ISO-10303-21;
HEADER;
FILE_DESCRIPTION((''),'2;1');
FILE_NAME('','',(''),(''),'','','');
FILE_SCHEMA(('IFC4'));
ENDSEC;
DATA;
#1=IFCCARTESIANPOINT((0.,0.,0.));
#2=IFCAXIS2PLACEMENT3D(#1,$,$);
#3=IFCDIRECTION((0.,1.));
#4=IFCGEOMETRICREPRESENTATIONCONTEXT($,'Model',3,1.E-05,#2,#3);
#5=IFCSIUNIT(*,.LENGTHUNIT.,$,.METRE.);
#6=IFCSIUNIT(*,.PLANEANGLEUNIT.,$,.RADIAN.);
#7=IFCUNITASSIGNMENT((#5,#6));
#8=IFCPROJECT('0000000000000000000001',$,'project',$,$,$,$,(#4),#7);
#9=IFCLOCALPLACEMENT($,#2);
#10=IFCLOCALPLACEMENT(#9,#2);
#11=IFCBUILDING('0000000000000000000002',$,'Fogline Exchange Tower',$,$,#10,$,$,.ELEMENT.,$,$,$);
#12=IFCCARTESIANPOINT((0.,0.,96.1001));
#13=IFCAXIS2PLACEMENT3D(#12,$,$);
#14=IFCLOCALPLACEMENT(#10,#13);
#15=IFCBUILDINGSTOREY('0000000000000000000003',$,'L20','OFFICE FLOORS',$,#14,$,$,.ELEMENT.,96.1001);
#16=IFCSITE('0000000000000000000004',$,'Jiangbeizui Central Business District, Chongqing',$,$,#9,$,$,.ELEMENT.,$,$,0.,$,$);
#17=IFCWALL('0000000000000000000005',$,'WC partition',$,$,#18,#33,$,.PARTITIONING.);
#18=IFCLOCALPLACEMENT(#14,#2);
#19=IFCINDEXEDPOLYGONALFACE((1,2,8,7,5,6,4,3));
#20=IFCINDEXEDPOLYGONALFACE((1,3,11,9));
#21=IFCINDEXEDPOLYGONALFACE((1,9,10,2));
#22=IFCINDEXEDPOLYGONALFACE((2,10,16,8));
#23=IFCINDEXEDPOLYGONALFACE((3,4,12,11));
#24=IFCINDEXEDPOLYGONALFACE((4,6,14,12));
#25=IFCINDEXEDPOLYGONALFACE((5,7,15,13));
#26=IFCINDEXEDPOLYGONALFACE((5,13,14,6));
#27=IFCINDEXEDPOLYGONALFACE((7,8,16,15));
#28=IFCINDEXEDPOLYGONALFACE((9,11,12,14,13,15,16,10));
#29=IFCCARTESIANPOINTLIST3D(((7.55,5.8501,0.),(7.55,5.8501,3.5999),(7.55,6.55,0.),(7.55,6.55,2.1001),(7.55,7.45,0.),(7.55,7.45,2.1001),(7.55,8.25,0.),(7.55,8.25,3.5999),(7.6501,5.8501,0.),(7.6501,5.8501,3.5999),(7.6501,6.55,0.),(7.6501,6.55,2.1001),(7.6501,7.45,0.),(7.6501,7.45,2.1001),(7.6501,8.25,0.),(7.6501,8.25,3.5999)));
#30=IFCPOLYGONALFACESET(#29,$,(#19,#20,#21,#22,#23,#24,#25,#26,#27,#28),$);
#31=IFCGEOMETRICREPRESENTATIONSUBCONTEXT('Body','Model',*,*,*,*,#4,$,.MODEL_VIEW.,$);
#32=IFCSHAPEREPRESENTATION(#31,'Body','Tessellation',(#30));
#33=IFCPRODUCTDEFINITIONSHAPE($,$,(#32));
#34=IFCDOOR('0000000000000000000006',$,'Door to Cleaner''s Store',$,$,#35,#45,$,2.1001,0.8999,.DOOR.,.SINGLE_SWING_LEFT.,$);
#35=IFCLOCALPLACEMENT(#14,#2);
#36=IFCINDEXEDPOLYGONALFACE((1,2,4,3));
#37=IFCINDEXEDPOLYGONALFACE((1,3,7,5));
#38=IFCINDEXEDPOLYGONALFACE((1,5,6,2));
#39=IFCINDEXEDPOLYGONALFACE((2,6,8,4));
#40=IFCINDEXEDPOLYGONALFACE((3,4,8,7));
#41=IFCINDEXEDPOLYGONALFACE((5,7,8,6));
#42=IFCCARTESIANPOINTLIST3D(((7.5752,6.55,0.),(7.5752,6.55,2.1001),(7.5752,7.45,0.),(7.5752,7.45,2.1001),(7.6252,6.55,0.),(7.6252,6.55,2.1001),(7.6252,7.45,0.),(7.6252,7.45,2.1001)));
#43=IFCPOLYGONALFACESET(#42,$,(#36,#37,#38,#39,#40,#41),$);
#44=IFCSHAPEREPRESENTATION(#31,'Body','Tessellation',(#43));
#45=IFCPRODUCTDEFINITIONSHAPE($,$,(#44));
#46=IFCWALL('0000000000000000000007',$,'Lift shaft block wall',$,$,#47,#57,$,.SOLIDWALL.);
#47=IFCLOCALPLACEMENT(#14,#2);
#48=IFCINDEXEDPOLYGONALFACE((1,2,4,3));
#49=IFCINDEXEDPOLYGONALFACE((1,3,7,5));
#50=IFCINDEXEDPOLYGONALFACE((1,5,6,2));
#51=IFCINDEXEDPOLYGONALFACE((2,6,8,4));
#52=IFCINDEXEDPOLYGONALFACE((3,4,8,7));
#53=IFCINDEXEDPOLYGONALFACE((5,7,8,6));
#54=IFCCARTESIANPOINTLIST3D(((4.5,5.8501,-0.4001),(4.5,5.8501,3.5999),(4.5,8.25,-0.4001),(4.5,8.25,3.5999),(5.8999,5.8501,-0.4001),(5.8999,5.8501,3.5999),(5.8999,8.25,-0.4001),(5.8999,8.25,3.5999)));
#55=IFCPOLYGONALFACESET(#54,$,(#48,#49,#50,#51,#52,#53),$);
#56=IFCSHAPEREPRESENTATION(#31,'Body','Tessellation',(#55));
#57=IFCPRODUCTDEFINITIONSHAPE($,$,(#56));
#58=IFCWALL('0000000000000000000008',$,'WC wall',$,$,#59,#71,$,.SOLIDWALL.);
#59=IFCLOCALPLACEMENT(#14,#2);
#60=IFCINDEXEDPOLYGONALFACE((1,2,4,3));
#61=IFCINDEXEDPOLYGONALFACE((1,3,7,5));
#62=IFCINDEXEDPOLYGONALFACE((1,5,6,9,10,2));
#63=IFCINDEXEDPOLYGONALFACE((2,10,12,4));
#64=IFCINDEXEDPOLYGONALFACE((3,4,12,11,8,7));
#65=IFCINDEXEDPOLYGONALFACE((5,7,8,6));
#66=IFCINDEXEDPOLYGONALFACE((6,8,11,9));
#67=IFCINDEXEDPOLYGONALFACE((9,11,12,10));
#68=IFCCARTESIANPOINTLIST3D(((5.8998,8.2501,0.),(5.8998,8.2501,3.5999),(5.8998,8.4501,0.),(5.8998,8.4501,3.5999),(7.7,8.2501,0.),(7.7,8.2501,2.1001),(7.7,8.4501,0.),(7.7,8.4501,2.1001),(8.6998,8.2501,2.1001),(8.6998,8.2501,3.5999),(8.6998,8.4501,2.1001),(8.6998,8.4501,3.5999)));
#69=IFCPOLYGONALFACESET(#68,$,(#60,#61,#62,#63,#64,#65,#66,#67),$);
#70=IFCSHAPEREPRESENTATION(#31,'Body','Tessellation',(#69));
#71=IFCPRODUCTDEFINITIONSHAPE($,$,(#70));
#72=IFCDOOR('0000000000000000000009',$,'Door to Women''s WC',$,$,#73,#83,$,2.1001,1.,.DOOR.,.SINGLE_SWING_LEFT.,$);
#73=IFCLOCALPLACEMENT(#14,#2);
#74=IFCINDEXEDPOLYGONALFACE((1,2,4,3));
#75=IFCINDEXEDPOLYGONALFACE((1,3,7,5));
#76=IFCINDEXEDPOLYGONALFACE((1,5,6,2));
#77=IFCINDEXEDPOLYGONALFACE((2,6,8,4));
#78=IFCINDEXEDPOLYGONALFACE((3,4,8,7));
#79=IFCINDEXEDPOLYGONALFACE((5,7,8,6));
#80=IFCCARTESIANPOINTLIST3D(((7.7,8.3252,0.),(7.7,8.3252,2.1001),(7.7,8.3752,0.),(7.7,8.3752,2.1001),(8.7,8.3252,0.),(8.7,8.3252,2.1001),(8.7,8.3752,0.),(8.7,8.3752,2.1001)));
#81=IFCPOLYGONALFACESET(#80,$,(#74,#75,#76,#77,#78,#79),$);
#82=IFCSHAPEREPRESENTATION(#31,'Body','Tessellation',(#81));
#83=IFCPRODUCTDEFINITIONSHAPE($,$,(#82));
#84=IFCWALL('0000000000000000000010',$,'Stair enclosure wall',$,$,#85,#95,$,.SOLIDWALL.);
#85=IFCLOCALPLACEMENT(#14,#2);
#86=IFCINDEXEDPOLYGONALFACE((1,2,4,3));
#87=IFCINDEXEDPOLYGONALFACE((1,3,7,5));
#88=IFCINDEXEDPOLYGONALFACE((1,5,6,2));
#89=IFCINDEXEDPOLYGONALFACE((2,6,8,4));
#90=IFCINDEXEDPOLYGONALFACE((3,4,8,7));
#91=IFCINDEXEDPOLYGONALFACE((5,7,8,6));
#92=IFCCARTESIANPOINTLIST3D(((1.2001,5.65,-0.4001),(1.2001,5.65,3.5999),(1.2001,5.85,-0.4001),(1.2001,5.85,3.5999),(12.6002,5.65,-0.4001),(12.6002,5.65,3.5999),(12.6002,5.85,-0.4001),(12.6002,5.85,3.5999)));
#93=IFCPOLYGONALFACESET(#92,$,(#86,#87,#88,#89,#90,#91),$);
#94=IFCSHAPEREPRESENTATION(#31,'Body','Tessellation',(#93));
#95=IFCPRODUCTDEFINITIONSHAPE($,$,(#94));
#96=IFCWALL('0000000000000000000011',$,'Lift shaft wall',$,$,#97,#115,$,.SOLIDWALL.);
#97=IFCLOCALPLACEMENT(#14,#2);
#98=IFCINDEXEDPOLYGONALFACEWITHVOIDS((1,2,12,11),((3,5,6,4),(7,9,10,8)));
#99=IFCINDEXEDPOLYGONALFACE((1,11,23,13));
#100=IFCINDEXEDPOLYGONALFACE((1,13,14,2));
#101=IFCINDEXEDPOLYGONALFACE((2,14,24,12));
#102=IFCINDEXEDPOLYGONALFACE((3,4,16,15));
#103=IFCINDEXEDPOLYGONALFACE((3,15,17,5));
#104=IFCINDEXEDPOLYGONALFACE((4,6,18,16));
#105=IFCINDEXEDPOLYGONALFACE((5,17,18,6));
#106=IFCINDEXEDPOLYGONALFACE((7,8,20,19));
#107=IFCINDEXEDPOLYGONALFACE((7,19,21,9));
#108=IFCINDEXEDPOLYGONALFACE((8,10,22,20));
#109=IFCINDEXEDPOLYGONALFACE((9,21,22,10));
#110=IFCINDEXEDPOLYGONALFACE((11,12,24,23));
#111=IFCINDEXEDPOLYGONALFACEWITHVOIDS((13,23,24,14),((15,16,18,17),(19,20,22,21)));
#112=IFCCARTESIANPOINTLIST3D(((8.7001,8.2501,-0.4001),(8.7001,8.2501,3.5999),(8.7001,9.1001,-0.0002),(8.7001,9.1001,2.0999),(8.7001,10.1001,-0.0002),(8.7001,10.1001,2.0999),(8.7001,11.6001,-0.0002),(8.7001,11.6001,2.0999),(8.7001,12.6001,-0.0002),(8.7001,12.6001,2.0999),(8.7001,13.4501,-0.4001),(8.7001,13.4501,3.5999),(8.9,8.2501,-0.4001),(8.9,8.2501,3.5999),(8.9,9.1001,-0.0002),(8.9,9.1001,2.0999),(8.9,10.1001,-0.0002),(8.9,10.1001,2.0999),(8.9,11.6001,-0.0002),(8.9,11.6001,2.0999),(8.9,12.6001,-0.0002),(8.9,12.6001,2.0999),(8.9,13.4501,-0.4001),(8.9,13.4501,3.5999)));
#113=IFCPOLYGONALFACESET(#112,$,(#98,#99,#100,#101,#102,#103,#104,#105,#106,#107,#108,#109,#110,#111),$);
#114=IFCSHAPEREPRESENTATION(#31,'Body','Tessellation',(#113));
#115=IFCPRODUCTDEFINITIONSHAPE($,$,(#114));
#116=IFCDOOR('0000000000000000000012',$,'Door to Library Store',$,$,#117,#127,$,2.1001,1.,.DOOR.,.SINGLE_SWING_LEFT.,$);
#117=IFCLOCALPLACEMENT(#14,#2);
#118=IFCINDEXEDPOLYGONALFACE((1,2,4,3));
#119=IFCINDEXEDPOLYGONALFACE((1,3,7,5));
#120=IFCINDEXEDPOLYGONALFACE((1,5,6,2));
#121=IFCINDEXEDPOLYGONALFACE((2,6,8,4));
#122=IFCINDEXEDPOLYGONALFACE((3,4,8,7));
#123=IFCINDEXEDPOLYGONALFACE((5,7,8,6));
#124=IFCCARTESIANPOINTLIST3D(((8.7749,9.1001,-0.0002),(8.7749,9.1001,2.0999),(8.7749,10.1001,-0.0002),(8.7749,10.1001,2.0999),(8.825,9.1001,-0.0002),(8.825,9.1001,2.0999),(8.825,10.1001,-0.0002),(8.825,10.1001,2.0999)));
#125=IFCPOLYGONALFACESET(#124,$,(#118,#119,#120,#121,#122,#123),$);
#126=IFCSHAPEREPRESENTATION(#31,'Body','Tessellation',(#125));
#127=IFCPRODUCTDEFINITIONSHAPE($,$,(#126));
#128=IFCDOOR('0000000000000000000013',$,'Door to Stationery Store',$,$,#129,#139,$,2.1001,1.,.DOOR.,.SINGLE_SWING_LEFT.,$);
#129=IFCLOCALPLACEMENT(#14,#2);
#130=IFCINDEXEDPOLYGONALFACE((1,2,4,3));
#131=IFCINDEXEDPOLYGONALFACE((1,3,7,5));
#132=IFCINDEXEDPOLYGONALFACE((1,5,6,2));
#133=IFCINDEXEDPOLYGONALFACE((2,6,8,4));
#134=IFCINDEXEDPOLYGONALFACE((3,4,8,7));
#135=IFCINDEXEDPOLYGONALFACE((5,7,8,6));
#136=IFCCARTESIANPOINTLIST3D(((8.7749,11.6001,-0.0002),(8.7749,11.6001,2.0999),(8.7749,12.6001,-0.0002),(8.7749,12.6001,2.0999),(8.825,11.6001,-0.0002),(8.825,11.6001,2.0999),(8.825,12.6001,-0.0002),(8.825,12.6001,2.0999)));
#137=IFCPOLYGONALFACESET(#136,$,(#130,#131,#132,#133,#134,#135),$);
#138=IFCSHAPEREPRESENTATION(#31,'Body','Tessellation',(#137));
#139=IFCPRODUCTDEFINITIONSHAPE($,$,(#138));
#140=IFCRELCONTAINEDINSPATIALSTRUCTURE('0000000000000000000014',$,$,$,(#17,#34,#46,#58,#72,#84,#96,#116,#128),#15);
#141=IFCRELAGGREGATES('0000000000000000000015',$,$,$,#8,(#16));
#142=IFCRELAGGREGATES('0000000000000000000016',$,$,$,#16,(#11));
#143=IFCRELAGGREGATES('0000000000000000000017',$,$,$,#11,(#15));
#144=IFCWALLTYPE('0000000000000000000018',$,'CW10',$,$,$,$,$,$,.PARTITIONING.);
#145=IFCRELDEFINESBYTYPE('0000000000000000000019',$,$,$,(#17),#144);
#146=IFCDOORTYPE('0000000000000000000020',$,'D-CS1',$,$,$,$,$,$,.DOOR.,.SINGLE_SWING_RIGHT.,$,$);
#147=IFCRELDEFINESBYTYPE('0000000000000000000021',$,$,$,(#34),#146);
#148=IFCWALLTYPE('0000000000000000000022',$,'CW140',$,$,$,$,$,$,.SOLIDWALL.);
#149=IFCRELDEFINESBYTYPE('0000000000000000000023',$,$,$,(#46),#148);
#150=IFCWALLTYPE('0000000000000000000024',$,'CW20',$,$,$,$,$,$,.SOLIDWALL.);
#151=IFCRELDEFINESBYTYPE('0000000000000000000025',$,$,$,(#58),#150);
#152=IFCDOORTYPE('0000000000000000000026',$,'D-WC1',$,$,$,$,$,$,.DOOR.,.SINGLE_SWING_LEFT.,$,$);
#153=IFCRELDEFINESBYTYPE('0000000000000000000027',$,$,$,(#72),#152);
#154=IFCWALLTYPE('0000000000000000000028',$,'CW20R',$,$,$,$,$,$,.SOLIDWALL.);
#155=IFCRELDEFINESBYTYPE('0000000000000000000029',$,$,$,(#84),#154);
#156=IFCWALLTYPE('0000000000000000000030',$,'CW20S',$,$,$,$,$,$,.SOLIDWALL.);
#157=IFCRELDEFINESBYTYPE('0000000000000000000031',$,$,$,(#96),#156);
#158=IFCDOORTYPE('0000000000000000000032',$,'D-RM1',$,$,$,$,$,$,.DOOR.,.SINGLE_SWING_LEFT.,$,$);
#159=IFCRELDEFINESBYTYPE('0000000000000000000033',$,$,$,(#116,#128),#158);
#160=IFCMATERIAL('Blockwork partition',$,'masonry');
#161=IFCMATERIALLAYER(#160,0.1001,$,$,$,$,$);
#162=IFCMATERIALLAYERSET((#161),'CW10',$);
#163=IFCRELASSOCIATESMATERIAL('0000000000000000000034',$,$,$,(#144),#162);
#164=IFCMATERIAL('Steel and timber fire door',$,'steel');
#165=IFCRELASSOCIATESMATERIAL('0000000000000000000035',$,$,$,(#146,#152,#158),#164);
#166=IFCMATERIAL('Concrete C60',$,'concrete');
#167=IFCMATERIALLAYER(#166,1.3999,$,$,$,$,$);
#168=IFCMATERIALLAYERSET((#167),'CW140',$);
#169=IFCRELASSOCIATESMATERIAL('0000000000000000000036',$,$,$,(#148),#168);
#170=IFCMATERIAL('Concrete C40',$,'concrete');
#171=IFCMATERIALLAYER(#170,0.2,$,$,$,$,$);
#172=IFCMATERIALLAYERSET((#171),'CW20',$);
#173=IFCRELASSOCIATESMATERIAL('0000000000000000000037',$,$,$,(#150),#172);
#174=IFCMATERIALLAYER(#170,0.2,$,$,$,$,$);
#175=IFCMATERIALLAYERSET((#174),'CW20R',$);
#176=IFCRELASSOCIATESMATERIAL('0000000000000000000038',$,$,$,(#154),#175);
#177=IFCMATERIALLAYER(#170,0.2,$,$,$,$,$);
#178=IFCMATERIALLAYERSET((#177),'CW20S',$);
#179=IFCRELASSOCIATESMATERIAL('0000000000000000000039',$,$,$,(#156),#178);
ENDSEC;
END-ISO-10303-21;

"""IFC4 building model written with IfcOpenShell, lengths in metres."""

from ifc_helpers import new_model, si_unit, direction, frame, frame_2d, origin, place, context, subcontext, project, spatial, rectangle, extrude, material, layer, layer_set, type_object, element, fill, save


model = new_model("IFC4")

# Units and contexts
model_context = context("Model", 3, precision=1e-05, world=origin(), true_north=direction((0.0, 1.0)))
body_context = subcontext(model_context, "Body", "Model", "MODEL_VIEW")
ifc_project = project(units=[si_unit("LENGTHUNIT", "METRE"), si_unit("PLANEANGLEUNIT", "RADIAN")], contexts=[model_context])

# Site, building, storey
site_placement = place(None, origin())
site = spatial("IfcSite", under=ifc_project, at=site_placement, Name="Jiangbeizui Central Business District, Chongqing", CompositionType="ELEMENT", RefElevation=0.0)
building_placement = place(site_placement, origin())
building = spatial("IfcBuilding", under=site, at=building_placement, Name="Fogline Exchange Tower", CompositionType="ELEMENT")
storey_placement = place(building_placement, frame((0.0, 0.0, 96.1001)))
storey = spatial("IfcBuildingStorey", under=building, at=storey_placement, Name="L20", Description="OFFICE FLOORS", CompositionType="ELEMENT", Elevation=96.1001)

# Wall, opening, door
ifc_material_1 = material(Name="Blockwork partition", Category="masonry")
ifc_layer_1 = layer(ifc_material_1, 0.1001)
ifc_layer_set_1 = layer_set([ifc_layer_1], Name="CW10")
wall_type_1 = type_object("IfcWallType", Name="CW10", PredefinedType="PARTITIONING", material=ifc_layer_set_1)
wall_1_placement = place(storey_placement, frame((7.6001, 5.8501, 0.0), z_axis=(0.0, 0.0, 1.0), x_axis=(0.0, 1.0, 0.0)))
wall_1 = element("IfcWall", 1, at=wall_1_placement, inside=storey, type_object=wall_type_1, Name="WC partition", PredefinedType="PARTITIONING", context=body_context, shape_type="SweptSolid", body=[
    extrude(rectangle(XDim=2.3999, YDim=0.1001, at=frame_2d((1.2, 0.0))), origin(), (0.0, 0.0, 1.0), 3.5999),
])
opening_1_placement = place(wall_1_placement, frame((0.7, 0.0, 0.0)))
opening_1 = element("IfcOpeningElement", 2, at=opening_1_placement, cuts=wall_1, PredefinedType="OPENING", context=body_context, shape_type="SweptSolid", body=[
    extrude(rectangle(XDim=0.8999, YDim=2.1001, at=frame_2d((0.45, 1.05))), frame((0.0, 0.0601, 0.0), z_axis=(0.0, -1.0, 0.0), x_axis=(1.0, 0.0, 0.0)), (0.0, 0.0, 1.0), 0.1201),
])
ifc_material_2 = material(Name="Steel and timber fire door", Category="steel")
door_type_1 = type_object("IfcDoorType", Name="D-CS1", OperationType="SINGLE_SWING_RIGHT", PredefinedType="DOOR", material=ifc_material_2)
door_1_placement = place(opening_1_placement, origin())
door_1 = element("IfcDoor", 3, at=door_1_placement, inside=storey, type_object=door_type_1, Name="Door to Cleaner's Store", OperationType="SINGLE_SWING_LEFT", OverallHeight=2.1001, OverallWidth=0.8999, PredefinedType="DOOR", context=body_context, shape_type="SweptSolid", body=[
    extrude(rectangle(XDim=0.8999, YDim=2.1001, at=frame_2d((0.45, 1.05))), frame((0.0, 0.0249, 0.0), z_axis=(0.0, -1.0, 0.0), x_axis=(1.0, 0.0, 0.0)), (0.0, 0.0, 1.0), 0.05),
])
fill(opening_1, door_1)

# Wall
ifc_material_3 = material(Name="Concrete C60", Category="concrete")
ifc_layer_2 = layer(ifc_material_3, 1.3999)
ifc_layer_set_2 = layer_set([ifc_layer_2], Name="CW140")
wall_type_2 = type_object("IfcWallType", Name="CW140", PredefinedType="SOLIDWALL", material=ifc_layer_set_2)
wall_2_placement = place(storey_placement, frame((5.2, 5.8501, -0.4001), z_axis=(0.0, 0.0, 1.0), x_axis=(0.0, 1.0, 0.0)))
element("IfcWall", 4, at=wall_2_placement, inside=storey, type_object=wall_type_2, Name="Lift shaft block wall", PredefinedType="SOLIDWALL", context=body_context, shape_type="SweptSolid", body=[
    extrude(rectangle(XDim=2.3999, YDim=1.3999, at=frame_2d((1.2, 0.0))), origin(), (0.0, 0.0, 1.0), 4.0),
])

# Wall, opening, door
ifc_material_4 = material(Name="Concrete C40", Category="concrete")
ifc_layer_3 = layer(ifc_material_4, 0.2)
ifc_layer_set_3 = layer_set([ifc_layer_3], Name="CW20")
wall_type_3 = type_object("IfcWallType", Name="CW20", PredefinedType="SOLIDWALL", material=ifc_layer_set_3)
wall_3_placement = place(storey_placement, frame((5.8999, 8.3501, 0.0), z_axis=(0.0, 0.0, 1.0), x_axis=(1.0, 0.0, 0.0)))
wall_3 = element("IfcWall", 5, at=wall_3_placement, inside=storey, type_object=wall_type_3, Name="WC wall", PredefinedType="SOLIDWALL", context=body_context, shape_type="SweptSolid", body=[
    extrude(rectangle(XDim=2.8, YDim=0.2, at=frame_2d((1.3999, 0.0))), origin(), (0.0, 0.0, 1.0), 3.5999),
])
opening_2_placement = place(wall_3_placement, frame((1.8, 0.0, 0.0)))
opening_2 = element("IfcOpeningElement", 6, at=opening_2_placement, cuts=wall_3, PredefinedType="OPENING", context=body_context, shape_type="SweptSolid", body=[
    extrude(rectangle(XDim=1.0, YDim=2.1001, at=frame_2d((0.5, 1.05))), frame((0.0, 0.1099, 0.0), z_axis=(0.0, -1.0, 0.0), x_axis=(1.0, 0.0, 0.0)), (0.0, 0.0, 1.0), 0.22),
])
door_type_2 = type_object("IfcDoorType", Name="D-WC1", OperationType="SINGLE_SWING_LEFT", PredefinedType="DOOR", material=ifc_material_2)
door_2_placement = place(opening_2_placement, frame((1.0, 0.0, 0.0), z_axis=(0.0, 0.0, 1.0), x_axis=(-1.0, 0.0, 0.0)))
door_2 = element("IfcDoor", 7, at=door_2_placement, inside=storey, type_object=door_type_2, Name="Door to Women's WC", OperationType="SINGLE_SWING_LEFT", OverallHeight=2.1001, OverallWidth=1.0, PredefinedType="DOOR", context=body_context, shape_type="SweptSolid", body=[
    extrude(rectangle(XDim=1.0, YDim=2.1001, at=frame_2d((0.5, 1.05))), frame((0.0, 0.0249, 0.0), z_axis=(0.0, -1.0, 0.0), x_axis=(1.0, 0.0, 0.0)), (0.0, 0.0, 1.0), 0.05),
])
fill(opening_2, door_2)

# Wall
ifc_layer_4 = layer(ifc_material_4, 0.2)
ifc_layer_set_4 = layer_set([ifc_layer_4], Name="CW20R")
wall_type_4 = type_object("IfcWallType", Name="CW20R", PredefinedType="SOLIDWALL", material=ifc_layer_set_4)
wall_4_placement = place(storey_placement, frame((1.2, 5.75, -0.4001), z_axis=(0.0, 0.0, 1.0), x_axis=(1.0, 0.0, 0.0)))
element("IfcWall", 8, at=wall_4_placement, inside=storey, type_object=wall_type_4, Name="Stair enclosure wall", PredefinedType="SOLIDWALL", context=body_context, shape_type="SweptSolid", body=[
    extrude(rectangle(XDim=11.4001, YDim=0.2, at=frame_2d((5.7002, 0.0))), origin(), (0.0, 0.0, 1.0), 4.0),
])

# Wall, openings, doors
ifc_layer_5 = layer(ifc_material_4, 0.2)
ifc_layer_set_5 = layer_set([ifc_layer_5], Name="CW20S")
wall_type_5 = type_object("IfcWallType", Name="CW20S", PredefinedType="SOLIDWALL", material=ifc_layer_set_5)
wall_5_placement = place(storey_placement, frame((8.8, 8.25, -0.4001), z_axis=(0.0, 0.0, 1.0), x_axis=(0.0, 1.0, 0.0)))
wall_5 = element("IfcWall", 9, at=wall_5_placement, inside=storey, type_object=wall_type_5, Name="Lift shaft wall", PredefinedType="SOLIDWALL", context=body_context, shape_type="SweptSolid", body=[
    extrude(rectangle(XDim=5.2, YDim=0.2, at=frame_2d((2.6001, 0.0))), origin(), (0.0, 0.0, 1.0), 4.0),
])
opening_3_placement = place(wall_5_placement, frame((0.8501, 0.0, 0.3999)))
opening_3 = element("IfcOpeningElement", 10, at=opening_3_placement, cuts=wall_5, PredefinedType="OPENING", context=body_context, shape_type="SweptSolid", body=[
    extrude(rectangle(XDim=1.0, YDim=2.1001, at=frame_2d((0.5, 1.05))), frame((0.0, 0.1099, 0.0), z_axis=(0.0, -1.0, 0.0), x_axis=(1.0, 0.0, 0.0)), (0.0, 0.0, 1.0), 0.22),
])
opening_4_placement = place(wall_5_placement, frame((3.3501, 0.0, 0.3999)))
opening_4 = element("IfcOpeningElement", 11, at=opening_4_placement, cuts=wall_5, PredefinedType="OPENING", context=body_context, shape_type="SweptSolid", body=[
    extrude(rectangle(XDim=1.0, YDim=2.1001, at=frame_2d((0.5, 1.05))), frame((0.0, 0.1099, 0.0), z_axis=(0.0, -1.0, 0.0), x_axis=(1.0, 0.0, 0.0)), (0.0, 0.0, 1.0), 0.22),
])
door_type_3 = type_object("IfcDoorType", Name="D-RM1", OperationType="SINGLE_SWING_LEFT", PredefinedType="DOOR", material=ifc_material_2)
door_3_placement = place(opening_3_placement, frame((1.0, 0.0, 0.0), z_axis=(0.0, 0.0, 1.0), x_axis=(-1.0, 0.0, 0.0)))
door_3 = element("IfcDoor", 12, at=door_3_placement, inside=storey, type_object=door_type_3, Name="Door to Library Store", OperationType="SINGLE_SWING_LEFT", OverallHeight=2.1001, OverallWidth=1.0, PredefinedType="DOOR", context=body_context, shape_type="SweptSolid", body=[
    extrude(rectangle(XDim=1.0, YDim=2.1001, at=frame_2d((0.5, 1.05))), frame((0.0, 0.0249, 0.0), z_axis=(0.0, -1.0, 0.0), x_axis=(1.0, 0.0, 0.0)), (0.0, 0.0, 1.0), 0.05),
])
fill(opening_3, door_3)
door_4_placement = place(opening_4_placement, frame((1.0, 0.0, 0.0), z_axis=(0.0, 0.0, 1.0), x_axis=(-1.0, 0.0, 0.0)))
door_4 = element("IfcDoor", 13, at=door_4_placement, inside=storey, type_object=door_type_3, Name="Door to Stationery Store", OperationType="SINGLE_SWING_LEFT", OverallHeight=2.1001, OverallWidth=1.0, PredefinedType="DOOR", context=body_context, shape_type="SweptSolid", body=[
    extrude(rectangle(XDim=1.0, YDim=2.1001, at=frame_2d((0.5, 1.05))), frame((0.0, 0.0249, 0.0), z_axis=(0.0, -1.0, 0.0), x_axis=(1.0, 0.0, 0.0)), (0.0, 0.0, 1.0), 0.05),
])
fill(opening_4, door_4)

save(model, "model.ifc")
